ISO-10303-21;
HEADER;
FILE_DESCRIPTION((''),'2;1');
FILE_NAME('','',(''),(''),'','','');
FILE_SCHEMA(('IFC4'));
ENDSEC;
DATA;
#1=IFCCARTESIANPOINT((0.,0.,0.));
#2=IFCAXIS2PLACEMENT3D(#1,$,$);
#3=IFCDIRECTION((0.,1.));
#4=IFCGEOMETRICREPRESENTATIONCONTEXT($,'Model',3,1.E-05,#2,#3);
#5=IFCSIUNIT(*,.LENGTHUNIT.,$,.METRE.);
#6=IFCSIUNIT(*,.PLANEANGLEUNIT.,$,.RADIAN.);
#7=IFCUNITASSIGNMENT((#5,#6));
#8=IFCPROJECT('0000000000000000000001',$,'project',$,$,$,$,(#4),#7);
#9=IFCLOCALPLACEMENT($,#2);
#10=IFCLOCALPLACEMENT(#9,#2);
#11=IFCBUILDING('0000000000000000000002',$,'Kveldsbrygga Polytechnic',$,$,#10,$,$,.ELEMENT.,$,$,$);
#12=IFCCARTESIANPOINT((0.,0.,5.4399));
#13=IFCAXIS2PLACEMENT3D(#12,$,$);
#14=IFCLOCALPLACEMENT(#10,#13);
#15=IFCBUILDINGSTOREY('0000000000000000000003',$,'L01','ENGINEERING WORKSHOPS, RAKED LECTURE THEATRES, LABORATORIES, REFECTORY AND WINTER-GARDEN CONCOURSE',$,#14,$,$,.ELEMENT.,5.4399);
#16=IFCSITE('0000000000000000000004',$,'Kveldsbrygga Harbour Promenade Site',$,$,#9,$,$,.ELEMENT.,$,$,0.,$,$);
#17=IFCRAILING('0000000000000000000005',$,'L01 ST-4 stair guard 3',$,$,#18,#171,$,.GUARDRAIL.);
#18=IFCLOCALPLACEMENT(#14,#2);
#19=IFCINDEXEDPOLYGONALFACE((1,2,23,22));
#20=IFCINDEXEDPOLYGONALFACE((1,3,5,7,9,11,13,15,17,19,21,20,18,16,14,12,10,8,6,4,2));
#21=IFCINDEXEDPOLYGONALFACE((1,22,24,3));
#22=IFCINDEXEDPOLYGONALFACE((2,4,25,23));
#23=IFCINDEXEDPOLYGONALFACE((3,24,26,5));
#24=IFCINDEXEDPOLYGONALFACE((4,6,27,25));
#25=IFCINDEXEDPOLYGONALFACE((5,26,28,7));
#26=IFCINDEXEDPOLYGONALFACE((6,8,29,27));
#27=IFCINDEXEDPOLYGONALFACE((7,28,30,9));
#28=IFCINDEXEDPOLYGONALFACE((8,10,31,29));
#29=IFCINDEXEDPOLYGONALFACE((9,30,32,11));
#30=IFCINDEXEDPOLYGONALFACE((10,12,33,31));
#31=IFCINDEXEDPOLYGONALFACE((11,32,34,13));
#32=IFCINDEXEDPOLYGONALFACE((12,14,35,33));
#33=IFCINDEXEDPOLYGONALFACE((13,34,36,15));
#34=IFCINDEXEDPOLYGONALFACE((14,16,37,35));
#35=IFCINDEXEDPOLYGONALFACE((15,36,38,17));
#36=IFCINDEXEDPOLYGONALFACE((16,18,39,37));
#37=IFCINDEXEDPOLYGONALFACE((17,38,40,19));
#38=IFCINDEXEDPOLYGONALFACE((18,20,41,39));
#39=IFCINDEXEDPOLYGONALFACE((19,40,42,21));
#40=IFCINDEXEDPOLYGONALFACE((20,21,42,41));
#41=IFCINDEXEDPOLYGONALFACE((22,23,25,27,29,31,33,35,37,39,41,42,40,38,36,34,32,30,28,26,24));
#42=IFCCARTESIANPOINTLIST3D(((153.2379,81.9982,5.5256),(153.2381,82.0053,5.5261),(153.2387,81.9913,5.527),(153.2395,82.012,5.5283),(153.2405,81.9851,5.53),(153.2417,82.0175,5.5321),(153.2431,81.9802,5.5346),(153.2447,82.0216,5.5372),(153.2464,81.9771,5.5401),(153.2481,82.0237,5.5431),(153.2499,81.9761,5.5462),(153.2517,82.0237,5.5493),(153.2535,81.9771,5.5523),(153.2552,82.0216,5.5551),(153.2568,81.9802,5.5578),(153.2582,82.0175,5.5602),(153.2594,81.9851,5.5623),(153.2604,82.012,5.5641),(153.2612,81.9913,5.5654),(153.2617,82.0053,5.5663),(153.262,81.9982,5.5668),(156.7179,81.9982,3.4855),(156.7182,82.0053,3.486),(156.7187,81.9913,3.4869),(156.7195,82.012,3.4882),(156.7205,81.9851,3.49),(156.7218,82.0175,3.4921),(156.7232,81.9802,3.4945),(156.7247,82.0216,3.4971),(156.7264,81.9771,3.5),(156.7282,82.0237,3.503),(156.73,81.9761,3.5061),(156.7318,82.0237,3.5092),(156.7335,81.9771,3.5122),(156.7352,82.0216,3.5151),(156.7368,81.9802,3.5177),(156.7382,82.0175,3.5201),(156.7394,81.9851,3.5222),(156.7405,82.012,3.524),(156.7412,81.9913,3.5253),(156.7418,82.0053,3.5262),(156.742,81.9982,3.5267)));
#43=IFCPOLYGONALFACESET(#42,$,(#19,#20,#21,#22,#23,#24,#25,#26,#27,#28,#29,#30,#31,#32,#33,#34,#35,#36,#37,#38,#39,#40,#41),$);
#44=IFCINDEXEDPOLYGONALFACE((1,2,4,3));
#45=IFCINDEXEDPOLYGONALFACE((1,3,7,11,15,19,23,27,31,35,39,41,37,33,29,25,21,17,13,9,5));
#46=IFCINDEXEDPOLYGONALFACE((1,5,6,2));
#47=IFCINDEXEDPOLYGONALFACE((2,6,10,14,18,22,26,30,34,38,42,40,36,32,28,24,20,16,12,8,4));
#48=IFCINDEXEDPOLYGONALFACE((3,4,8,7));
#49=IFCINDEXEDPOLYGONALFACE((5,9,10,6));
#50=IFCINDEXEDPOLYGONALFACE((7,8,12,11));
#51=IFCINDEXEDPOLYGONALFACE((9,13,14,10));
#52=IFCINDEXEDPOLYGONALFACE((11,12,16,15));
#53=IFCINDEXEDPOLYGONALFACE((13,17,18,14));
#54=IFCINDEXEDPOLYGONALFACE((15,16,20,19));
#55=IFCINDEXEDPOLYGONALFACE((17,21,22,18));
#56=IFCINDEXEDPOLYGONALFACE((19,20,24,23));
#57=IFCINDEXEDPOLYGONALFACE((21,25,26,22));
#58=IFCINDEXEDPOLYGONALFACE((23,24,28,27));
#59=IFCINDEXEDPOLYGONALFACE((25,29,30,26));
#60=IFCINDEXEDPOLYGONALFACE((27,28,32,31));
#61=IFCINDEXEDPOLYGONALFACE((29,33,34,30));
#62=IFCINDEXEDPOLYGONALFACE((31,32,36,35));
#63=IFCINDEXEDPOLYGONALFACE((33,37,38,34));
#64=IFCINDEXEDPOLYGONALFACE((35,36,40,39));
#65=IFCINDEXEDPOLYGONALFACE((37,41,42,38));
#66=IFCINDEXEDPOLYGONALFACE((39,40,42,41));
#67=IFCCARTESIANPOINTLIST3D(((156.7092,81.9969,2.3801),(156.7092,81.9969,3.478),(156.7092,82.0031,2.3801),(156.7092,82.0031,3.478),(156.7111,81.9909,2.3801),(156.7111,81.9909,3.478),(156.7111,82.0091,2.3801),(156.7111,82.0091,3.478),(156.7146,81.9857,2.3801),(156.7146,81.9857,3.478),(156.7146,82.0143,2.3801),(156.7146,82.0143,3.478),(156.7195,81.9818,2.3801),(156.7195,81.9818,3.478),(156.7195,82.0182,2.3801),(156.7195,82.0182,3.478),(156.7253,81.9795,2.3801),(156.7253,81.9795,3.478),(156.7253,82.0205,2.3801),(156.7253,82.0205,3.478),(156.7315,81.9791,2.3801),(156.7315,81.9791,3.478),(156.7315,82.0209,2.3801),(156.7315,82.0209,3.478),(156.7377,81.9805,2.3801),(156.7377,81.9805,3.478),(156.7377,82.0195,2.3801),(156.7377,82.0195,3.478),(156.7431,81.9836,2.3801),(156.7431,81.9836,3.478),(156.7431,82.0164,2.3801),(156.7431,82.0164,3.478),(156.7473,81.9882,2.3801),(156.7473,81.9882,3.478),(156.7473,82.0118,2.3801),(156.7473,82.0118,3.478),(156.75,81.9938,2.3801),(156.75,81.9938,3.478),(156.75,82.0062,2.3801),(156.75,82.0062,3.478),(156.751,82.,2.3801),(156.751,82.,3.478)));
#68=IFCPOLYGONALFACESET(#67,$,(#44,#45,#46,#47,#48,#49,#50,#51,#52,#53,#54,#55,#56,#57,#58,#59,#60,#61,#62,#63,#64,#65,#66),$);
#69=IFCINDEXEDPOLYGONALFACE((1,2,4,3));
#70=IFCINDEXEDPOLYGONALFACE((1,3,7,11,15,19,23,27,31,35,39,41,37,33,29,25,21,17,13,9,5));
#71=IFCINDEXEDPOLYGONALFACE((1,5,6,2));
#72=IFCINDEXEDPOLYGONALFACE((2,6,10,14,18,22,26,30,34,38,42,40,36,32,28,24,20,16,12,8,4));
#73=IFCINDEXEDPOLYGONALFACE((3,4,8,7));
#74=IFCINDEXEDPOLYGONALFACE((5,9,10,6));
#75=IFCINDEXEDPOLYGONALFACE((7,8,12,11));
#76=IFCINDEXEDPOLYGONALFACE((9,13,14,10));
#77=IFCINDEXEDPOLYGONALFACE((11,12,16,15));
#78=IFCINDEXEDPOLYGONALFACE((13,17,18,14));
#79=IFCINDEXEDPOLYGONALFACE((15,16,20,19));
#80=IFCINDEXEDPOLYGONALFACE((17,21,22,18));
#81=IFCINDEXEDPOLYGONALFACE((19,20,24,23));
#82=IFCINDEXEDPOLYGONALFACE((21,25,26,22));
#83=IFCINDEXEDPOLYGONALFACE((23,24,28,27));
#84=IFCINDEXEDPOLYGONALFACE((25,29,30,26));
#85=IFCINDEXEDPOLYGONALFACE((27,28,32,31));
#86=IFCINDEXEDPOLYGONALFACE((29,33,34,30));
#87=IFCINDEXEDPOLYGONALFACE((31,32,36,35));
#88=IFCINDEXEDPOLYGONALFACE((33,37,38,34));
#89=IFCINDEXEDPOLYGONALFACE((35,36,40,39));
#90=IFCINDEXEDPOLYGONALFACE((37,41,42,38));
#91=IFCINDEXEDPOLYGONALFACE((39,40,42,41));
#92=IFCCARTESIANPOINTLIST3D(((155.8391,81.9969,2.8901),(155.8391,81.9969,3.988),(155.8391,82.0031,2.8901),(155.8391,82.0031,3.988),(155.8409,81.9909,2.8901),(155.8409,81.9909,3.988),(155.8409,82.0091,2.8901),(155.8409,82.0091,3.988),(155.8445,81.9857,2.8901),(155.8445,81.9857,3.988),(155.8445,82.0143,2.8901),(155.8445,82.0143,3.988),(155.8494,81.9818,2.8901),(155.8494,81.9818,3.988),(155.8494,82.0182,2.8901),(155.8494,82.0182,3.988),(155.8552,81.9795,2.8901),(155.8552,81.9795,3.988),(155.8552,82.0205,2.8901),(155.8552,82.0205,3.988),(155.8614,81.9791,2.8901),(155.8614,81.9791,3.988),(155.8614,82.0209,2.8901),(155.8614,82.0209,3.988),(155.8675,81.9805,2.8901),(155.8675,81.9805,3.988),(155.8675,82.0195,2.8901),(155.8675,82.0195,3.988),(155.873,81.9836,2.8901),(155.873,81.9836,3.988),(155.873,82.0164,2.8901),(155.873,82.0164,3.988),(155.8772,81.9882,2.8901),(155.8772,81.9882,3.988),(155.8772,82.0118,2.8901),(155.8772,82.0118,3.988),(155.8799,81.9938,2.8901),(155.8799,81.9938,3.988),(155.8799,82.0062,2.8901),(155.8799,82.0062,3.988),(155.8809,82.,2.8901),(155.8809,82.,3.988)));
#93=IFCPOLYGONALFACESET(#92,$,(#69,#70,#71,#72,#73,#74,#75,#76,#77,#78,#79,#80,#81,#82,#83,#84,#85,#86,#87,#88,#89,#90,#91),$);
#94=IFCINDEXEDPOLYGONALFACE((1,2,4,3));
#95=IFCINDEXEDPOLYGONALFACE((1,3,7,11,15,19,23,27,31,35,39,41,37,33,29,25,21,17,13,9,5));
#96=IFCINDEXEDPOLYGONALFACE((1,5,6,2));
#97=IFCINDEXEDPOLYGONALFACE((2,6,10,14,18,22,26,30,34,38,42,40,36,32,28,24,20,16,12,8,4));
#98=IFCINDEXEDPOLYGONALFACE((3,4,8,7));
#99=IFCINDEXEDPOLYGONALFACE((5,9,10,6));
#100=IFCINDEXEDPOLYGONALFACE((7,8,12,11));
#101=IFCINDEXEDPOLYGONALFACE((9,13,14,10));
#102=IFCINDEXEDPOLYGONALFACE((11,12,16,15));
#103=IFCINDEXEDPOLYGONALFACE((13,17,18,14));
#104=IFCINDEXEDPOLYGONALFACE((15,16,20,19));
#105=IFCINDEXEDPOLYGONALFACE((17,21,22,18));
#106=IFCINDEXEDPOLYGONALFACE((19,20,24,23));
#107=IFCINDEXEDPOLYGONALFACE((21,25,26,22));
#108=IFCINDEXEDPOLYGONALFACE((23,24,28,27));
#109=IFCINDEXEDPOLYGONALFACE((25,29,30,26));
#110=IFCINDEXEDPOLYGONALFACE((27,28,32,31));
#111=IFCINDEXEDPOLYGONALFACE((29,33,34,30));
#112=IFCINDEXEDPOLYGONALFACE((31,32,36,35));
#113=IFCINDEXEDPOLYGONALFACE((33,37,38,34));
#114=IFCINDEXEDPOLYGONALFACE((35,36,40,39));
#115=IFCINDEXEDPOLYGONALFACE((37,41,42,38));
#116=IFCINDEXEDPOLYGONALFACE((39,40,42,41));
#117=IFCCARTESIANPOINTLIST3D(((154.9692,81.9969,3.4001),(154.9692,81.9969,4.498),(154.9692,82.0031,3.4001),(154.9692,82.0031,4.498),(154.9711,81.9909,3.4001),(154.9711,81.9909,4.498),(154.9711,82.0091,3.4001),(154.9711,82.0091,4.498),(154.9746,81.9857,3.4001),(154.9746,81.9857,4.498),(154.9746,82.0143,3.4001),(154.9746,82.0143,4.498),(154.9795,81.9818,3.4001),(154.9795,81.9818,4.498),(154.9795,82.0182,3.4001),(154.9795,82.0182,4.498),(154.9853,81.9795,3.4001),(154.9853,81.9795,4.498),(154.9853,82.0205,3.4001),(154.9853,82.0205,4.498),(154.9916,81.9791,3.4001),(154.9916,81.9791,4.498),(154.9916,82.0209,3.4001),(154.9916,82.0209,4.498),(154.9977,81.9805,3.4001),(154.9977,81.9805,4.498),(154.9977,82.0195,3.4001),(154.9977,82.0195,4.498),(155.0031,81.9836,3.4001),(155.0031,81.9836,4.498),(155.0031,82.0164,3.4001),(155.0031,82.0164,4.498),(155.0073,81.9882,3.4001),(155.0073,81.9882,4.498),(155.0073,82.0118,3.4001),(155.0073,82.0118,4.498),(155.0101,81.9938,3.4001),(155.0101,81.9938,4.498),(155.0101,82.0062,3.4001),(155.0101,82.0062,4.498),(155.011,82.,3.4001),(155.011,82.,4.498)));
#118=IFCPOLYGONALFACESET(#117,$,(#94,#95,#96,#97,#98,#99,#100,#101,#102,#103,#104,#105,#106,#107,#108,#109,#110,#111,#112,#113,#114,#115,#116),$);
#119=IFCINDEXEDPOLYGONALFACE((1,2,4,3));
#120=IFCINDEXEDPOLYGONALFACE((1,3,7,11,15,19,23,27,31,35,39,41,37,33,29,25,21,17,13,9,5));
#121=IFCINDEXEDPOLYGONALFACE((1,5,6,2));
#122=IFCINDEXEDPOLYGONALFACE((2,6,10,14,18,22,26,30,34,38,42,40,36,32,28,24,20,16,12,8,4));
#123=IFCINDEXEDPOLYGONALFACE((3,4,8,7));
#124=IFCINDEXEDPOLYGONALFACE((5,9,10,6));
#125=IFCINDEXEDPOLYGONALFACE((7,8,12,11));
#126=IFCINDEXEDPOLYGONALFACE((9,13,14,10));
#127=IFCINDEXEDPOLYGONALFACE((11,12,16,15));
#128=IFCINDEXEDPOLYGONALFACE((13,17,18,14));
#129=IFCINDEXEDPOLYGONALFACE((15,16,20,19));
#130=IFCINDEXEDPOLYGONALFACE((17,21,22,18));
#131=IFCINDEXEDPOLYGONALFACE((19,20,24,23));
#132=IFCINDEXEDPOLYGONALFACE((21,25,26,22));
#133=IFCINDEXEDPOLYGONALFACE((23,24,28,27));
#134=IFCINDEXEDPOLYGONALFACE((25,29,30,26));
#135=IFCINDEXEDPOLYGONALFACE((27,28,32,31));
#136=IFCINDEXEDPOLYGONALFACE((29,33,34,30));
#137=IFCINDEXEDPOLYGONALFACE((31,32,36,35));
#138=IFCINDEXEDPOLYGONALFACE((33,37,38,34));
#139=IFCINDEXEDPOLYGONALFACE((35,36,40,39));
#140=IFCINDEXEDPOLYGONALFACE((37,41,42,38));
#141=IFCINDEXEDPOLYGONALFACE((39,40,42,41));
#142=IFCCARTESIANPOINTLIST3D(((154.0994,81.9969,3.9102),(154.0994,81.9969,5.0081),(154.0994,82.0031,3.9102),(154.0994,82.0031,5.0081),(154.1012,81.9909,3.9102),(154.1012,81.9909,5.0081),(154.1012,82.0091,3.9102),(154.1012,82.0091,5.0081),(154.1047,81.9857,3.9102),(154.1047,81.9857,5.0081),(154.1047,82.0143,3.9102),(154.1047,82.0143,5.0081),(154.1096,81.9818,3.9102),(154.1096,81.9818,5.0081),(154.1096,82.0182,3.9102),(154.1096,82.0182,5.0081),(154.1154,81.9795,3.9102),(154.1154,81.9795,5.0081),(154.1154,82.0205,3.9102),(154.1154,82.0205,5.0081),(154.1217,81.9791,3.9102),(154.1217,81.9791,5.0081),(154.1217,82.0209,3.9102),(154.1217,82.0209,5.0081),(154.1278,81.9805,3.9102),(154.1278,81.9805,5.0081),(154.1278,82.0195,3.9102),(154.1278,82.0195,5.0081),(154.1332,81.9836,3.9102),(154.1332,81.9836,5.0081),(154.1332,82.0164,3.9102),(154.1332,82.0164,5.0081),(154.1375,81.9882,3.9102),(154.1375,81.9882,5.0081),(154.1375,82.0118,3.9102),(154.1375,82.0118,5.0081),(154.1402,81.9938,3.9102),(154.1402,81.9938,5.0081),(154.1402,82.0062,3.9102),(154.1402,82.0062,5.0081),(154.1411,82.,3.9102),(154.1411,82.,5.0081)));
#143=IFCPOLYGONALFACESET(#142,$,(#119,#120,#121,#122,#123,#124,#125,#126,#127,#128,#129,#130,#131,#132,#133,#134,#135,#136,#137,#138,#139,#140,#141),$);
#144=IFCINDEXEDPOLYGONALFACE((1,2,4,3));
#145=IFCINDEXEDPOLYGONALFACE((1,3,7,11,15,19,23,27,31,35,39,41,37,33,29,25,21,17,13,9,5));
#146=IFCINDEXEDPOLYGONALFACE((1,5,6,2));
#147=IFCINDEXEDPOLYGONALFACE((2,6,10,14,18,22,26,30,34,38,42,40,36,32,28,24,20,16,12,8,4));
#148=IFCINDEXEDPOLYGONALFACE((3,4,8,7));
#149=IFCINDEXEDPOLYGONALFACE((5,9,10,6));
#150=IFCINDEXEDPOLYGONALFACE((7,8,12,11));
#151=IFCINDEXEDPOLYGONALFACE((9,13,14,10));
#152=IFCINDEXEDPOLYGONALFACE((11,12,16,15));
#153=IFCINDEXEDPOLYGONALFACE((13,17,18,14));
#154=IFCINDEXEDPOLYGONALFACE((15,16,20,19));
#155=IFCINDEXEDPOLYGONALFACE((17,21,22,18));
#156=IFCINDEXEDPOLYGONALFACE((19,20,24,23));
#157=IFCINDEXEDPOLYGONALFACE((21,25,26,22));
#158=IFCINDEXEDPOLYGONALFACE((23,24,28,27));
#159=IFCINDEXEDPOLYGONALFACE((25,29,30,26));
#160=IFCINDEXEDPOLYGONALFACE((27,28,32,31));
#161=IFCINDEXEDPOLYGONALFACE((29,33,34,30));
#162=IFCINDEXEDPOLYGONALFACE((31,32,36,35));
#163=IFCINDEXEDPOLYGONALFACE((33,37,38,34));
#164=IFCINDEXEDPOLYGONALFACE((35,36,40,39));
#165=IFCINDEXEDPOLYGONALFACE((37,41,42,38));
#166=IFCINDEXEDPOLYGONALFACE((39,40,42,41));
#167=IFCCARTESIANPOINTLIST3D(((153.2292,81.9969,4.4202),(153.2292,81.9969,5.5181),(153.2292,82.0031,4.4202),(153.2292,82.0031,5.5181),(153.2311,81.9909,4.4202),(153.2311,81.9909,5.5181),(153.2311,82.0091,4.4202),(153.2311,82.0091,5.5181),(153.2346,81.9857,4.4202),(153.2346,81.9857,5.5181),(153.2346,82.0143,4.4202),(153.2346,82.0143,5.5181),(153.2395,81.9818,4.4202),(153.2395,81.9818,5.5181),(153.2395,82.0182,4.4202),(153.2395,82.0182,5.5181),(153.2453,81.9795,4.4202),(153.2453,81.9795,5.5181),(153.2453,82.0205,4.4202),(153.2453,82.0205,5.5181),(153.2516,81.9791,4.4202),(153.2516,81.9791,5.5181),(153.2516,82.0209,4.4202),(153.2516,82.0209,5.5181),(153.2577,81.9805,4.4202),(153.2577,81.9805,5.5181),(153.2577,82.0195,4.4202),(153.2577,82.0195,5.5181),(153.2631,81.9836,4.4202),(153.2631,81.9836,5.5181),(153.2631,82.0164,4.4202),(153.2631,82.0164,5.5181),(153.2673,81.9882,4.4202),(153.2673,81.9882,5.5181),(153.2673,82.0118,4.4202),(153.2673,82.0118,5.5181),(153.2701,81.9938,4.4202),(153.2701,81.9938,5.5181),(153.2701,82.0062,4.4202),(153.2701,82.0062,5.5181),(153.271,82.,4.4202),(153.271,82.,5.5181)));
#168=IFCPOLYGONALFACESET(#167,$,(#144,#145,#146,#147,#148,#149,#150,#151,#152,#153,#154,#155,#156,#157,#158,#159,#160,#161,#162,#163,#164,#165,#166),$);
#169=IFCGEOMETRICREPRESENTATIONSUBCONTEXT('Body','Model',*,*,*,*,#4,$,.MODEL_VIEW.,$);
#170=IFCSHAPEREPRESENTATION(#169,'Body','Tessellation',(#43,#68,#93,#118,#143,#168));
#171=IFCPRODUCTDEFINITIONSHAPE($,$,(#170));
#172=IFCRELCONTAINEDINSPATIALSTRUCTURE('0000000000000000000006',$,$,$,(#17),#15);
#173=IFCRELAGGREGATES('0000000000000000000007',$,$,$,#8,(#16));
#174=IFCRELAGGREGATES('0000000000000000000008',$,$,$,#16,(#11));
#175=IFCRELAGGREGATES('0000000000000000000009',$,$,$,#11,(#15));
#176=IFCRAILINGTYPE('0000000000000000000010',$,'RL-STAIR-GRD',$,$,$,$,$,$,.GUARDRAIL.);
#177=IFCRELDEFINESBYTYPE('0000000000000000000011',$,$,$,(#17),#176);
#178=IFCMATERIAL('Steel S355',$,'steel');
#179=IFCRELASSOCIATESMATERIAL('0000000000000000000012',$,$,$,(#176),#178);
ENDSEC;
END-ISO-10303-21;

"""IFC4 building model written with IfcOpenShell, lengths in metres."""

from ifc_helpers import new_model, si_unit, direction, frame, origin, origin_2d, place, context, subcontext, project, spatial, circle, extrude, material, type_object, element, save


model = new_model("IFC4")

# Units and contexts
model_context = context("Model", 3, precision=1e-05, world=origin(), true_north=direction((0.0, 1.0)))
body_context = subcontext(model_context, "Body", "Model", "MODEL_VIEW")
ifc_project = project(units=[si_unit("LENGTHUNIT", "METRE"), si_unit("PLANEANGLEUNIT", "RADIAN")], contexts=[model_context])

# Site, building, storey
site_placement = place(None, origin())
site = spatial("IfcSite", under=ifc_project, at=site_placement, Name="Kveldsbrygga Harbour Promenade Site", CompositionType="ELEMENT", RefElevation=0.0)
building_placement = place(site_placement, origin())
building = spatial("IfcBuilding", under=site, at=building_placement, Name="Kveldsbrygga Polytechnic", CompositionType="ELEMENT")
storey_placement = place(building_placement, frame((0.0, 0.0, 5.4399)))
storey = spatial("IfcBuildingStorey", under=building, at=storey_placement, Name="L01", Description="ENGINEERING WORKSHOPS, RAKED LECTURE THEATRES, LABORATORIES, REFECTORY AND WINTER-GARDEN CONCOURSE", CompositionType="ELEMENT", Elevation=5.4399)

# Railing
ifc_material_1 = material(Name="Steel S355", Category="steel")
railing_type_1 = type_object("IfcRailingType", Name="RL-STAIR-GRD", PredefinedType="GUARDRAIL", material=ifc_material_1)
railing_1_placement = place(storey_placement, frame((156.73, 82.0, 2.3801)))
element("IfcRailing", 1, at=railing_1_placement, inside=storey, type_object=railing_type_1, Name="L01 ST-4 stair guard 3", PredefinedType="GUARDRAIL", context=body_context, shape_type="SweptSolid", body=[
    extrude(circle(Radius=0.0239, at=origin_2d()), frame((0.0, 0.0, 1.126), z_axis=(-0.862693, 0.0, 0.505729), x_axis=(0.0, -1.0, 0.0)), (0.0, 0.0, 1.0), 4.0339),
    extrude(circle(Radius=0.021, at=origin_2d()), origin(), (0.0, 0.0, 1.0), 1.0979),
    extrude(circle(Radius=0.021, at=origin_2d()), frame((-0.8701, 0.0, 0.51)), (0.0, 0.0, 1.0), 1.0979),
    extrude(circle(Radius=0.021, at=origin_2d()), frame((-1.74, 0.0, 1.02)), (0.0, 0.0, 1.0), 1.0979),
    extrude(circle(Radius=0.021, at=origin_2d()), frame((-2.6099, 0.0, 1.53)), (0.0, 0.0, 1.0), 1.0979),
    extrude(circle(Radius=0.021, at=origin_2d()), frame((-3.48, 0.0, 2.04)), (0.0, 0.0, 1.0), 1.0979),
])

save(model, "model.ifc")
